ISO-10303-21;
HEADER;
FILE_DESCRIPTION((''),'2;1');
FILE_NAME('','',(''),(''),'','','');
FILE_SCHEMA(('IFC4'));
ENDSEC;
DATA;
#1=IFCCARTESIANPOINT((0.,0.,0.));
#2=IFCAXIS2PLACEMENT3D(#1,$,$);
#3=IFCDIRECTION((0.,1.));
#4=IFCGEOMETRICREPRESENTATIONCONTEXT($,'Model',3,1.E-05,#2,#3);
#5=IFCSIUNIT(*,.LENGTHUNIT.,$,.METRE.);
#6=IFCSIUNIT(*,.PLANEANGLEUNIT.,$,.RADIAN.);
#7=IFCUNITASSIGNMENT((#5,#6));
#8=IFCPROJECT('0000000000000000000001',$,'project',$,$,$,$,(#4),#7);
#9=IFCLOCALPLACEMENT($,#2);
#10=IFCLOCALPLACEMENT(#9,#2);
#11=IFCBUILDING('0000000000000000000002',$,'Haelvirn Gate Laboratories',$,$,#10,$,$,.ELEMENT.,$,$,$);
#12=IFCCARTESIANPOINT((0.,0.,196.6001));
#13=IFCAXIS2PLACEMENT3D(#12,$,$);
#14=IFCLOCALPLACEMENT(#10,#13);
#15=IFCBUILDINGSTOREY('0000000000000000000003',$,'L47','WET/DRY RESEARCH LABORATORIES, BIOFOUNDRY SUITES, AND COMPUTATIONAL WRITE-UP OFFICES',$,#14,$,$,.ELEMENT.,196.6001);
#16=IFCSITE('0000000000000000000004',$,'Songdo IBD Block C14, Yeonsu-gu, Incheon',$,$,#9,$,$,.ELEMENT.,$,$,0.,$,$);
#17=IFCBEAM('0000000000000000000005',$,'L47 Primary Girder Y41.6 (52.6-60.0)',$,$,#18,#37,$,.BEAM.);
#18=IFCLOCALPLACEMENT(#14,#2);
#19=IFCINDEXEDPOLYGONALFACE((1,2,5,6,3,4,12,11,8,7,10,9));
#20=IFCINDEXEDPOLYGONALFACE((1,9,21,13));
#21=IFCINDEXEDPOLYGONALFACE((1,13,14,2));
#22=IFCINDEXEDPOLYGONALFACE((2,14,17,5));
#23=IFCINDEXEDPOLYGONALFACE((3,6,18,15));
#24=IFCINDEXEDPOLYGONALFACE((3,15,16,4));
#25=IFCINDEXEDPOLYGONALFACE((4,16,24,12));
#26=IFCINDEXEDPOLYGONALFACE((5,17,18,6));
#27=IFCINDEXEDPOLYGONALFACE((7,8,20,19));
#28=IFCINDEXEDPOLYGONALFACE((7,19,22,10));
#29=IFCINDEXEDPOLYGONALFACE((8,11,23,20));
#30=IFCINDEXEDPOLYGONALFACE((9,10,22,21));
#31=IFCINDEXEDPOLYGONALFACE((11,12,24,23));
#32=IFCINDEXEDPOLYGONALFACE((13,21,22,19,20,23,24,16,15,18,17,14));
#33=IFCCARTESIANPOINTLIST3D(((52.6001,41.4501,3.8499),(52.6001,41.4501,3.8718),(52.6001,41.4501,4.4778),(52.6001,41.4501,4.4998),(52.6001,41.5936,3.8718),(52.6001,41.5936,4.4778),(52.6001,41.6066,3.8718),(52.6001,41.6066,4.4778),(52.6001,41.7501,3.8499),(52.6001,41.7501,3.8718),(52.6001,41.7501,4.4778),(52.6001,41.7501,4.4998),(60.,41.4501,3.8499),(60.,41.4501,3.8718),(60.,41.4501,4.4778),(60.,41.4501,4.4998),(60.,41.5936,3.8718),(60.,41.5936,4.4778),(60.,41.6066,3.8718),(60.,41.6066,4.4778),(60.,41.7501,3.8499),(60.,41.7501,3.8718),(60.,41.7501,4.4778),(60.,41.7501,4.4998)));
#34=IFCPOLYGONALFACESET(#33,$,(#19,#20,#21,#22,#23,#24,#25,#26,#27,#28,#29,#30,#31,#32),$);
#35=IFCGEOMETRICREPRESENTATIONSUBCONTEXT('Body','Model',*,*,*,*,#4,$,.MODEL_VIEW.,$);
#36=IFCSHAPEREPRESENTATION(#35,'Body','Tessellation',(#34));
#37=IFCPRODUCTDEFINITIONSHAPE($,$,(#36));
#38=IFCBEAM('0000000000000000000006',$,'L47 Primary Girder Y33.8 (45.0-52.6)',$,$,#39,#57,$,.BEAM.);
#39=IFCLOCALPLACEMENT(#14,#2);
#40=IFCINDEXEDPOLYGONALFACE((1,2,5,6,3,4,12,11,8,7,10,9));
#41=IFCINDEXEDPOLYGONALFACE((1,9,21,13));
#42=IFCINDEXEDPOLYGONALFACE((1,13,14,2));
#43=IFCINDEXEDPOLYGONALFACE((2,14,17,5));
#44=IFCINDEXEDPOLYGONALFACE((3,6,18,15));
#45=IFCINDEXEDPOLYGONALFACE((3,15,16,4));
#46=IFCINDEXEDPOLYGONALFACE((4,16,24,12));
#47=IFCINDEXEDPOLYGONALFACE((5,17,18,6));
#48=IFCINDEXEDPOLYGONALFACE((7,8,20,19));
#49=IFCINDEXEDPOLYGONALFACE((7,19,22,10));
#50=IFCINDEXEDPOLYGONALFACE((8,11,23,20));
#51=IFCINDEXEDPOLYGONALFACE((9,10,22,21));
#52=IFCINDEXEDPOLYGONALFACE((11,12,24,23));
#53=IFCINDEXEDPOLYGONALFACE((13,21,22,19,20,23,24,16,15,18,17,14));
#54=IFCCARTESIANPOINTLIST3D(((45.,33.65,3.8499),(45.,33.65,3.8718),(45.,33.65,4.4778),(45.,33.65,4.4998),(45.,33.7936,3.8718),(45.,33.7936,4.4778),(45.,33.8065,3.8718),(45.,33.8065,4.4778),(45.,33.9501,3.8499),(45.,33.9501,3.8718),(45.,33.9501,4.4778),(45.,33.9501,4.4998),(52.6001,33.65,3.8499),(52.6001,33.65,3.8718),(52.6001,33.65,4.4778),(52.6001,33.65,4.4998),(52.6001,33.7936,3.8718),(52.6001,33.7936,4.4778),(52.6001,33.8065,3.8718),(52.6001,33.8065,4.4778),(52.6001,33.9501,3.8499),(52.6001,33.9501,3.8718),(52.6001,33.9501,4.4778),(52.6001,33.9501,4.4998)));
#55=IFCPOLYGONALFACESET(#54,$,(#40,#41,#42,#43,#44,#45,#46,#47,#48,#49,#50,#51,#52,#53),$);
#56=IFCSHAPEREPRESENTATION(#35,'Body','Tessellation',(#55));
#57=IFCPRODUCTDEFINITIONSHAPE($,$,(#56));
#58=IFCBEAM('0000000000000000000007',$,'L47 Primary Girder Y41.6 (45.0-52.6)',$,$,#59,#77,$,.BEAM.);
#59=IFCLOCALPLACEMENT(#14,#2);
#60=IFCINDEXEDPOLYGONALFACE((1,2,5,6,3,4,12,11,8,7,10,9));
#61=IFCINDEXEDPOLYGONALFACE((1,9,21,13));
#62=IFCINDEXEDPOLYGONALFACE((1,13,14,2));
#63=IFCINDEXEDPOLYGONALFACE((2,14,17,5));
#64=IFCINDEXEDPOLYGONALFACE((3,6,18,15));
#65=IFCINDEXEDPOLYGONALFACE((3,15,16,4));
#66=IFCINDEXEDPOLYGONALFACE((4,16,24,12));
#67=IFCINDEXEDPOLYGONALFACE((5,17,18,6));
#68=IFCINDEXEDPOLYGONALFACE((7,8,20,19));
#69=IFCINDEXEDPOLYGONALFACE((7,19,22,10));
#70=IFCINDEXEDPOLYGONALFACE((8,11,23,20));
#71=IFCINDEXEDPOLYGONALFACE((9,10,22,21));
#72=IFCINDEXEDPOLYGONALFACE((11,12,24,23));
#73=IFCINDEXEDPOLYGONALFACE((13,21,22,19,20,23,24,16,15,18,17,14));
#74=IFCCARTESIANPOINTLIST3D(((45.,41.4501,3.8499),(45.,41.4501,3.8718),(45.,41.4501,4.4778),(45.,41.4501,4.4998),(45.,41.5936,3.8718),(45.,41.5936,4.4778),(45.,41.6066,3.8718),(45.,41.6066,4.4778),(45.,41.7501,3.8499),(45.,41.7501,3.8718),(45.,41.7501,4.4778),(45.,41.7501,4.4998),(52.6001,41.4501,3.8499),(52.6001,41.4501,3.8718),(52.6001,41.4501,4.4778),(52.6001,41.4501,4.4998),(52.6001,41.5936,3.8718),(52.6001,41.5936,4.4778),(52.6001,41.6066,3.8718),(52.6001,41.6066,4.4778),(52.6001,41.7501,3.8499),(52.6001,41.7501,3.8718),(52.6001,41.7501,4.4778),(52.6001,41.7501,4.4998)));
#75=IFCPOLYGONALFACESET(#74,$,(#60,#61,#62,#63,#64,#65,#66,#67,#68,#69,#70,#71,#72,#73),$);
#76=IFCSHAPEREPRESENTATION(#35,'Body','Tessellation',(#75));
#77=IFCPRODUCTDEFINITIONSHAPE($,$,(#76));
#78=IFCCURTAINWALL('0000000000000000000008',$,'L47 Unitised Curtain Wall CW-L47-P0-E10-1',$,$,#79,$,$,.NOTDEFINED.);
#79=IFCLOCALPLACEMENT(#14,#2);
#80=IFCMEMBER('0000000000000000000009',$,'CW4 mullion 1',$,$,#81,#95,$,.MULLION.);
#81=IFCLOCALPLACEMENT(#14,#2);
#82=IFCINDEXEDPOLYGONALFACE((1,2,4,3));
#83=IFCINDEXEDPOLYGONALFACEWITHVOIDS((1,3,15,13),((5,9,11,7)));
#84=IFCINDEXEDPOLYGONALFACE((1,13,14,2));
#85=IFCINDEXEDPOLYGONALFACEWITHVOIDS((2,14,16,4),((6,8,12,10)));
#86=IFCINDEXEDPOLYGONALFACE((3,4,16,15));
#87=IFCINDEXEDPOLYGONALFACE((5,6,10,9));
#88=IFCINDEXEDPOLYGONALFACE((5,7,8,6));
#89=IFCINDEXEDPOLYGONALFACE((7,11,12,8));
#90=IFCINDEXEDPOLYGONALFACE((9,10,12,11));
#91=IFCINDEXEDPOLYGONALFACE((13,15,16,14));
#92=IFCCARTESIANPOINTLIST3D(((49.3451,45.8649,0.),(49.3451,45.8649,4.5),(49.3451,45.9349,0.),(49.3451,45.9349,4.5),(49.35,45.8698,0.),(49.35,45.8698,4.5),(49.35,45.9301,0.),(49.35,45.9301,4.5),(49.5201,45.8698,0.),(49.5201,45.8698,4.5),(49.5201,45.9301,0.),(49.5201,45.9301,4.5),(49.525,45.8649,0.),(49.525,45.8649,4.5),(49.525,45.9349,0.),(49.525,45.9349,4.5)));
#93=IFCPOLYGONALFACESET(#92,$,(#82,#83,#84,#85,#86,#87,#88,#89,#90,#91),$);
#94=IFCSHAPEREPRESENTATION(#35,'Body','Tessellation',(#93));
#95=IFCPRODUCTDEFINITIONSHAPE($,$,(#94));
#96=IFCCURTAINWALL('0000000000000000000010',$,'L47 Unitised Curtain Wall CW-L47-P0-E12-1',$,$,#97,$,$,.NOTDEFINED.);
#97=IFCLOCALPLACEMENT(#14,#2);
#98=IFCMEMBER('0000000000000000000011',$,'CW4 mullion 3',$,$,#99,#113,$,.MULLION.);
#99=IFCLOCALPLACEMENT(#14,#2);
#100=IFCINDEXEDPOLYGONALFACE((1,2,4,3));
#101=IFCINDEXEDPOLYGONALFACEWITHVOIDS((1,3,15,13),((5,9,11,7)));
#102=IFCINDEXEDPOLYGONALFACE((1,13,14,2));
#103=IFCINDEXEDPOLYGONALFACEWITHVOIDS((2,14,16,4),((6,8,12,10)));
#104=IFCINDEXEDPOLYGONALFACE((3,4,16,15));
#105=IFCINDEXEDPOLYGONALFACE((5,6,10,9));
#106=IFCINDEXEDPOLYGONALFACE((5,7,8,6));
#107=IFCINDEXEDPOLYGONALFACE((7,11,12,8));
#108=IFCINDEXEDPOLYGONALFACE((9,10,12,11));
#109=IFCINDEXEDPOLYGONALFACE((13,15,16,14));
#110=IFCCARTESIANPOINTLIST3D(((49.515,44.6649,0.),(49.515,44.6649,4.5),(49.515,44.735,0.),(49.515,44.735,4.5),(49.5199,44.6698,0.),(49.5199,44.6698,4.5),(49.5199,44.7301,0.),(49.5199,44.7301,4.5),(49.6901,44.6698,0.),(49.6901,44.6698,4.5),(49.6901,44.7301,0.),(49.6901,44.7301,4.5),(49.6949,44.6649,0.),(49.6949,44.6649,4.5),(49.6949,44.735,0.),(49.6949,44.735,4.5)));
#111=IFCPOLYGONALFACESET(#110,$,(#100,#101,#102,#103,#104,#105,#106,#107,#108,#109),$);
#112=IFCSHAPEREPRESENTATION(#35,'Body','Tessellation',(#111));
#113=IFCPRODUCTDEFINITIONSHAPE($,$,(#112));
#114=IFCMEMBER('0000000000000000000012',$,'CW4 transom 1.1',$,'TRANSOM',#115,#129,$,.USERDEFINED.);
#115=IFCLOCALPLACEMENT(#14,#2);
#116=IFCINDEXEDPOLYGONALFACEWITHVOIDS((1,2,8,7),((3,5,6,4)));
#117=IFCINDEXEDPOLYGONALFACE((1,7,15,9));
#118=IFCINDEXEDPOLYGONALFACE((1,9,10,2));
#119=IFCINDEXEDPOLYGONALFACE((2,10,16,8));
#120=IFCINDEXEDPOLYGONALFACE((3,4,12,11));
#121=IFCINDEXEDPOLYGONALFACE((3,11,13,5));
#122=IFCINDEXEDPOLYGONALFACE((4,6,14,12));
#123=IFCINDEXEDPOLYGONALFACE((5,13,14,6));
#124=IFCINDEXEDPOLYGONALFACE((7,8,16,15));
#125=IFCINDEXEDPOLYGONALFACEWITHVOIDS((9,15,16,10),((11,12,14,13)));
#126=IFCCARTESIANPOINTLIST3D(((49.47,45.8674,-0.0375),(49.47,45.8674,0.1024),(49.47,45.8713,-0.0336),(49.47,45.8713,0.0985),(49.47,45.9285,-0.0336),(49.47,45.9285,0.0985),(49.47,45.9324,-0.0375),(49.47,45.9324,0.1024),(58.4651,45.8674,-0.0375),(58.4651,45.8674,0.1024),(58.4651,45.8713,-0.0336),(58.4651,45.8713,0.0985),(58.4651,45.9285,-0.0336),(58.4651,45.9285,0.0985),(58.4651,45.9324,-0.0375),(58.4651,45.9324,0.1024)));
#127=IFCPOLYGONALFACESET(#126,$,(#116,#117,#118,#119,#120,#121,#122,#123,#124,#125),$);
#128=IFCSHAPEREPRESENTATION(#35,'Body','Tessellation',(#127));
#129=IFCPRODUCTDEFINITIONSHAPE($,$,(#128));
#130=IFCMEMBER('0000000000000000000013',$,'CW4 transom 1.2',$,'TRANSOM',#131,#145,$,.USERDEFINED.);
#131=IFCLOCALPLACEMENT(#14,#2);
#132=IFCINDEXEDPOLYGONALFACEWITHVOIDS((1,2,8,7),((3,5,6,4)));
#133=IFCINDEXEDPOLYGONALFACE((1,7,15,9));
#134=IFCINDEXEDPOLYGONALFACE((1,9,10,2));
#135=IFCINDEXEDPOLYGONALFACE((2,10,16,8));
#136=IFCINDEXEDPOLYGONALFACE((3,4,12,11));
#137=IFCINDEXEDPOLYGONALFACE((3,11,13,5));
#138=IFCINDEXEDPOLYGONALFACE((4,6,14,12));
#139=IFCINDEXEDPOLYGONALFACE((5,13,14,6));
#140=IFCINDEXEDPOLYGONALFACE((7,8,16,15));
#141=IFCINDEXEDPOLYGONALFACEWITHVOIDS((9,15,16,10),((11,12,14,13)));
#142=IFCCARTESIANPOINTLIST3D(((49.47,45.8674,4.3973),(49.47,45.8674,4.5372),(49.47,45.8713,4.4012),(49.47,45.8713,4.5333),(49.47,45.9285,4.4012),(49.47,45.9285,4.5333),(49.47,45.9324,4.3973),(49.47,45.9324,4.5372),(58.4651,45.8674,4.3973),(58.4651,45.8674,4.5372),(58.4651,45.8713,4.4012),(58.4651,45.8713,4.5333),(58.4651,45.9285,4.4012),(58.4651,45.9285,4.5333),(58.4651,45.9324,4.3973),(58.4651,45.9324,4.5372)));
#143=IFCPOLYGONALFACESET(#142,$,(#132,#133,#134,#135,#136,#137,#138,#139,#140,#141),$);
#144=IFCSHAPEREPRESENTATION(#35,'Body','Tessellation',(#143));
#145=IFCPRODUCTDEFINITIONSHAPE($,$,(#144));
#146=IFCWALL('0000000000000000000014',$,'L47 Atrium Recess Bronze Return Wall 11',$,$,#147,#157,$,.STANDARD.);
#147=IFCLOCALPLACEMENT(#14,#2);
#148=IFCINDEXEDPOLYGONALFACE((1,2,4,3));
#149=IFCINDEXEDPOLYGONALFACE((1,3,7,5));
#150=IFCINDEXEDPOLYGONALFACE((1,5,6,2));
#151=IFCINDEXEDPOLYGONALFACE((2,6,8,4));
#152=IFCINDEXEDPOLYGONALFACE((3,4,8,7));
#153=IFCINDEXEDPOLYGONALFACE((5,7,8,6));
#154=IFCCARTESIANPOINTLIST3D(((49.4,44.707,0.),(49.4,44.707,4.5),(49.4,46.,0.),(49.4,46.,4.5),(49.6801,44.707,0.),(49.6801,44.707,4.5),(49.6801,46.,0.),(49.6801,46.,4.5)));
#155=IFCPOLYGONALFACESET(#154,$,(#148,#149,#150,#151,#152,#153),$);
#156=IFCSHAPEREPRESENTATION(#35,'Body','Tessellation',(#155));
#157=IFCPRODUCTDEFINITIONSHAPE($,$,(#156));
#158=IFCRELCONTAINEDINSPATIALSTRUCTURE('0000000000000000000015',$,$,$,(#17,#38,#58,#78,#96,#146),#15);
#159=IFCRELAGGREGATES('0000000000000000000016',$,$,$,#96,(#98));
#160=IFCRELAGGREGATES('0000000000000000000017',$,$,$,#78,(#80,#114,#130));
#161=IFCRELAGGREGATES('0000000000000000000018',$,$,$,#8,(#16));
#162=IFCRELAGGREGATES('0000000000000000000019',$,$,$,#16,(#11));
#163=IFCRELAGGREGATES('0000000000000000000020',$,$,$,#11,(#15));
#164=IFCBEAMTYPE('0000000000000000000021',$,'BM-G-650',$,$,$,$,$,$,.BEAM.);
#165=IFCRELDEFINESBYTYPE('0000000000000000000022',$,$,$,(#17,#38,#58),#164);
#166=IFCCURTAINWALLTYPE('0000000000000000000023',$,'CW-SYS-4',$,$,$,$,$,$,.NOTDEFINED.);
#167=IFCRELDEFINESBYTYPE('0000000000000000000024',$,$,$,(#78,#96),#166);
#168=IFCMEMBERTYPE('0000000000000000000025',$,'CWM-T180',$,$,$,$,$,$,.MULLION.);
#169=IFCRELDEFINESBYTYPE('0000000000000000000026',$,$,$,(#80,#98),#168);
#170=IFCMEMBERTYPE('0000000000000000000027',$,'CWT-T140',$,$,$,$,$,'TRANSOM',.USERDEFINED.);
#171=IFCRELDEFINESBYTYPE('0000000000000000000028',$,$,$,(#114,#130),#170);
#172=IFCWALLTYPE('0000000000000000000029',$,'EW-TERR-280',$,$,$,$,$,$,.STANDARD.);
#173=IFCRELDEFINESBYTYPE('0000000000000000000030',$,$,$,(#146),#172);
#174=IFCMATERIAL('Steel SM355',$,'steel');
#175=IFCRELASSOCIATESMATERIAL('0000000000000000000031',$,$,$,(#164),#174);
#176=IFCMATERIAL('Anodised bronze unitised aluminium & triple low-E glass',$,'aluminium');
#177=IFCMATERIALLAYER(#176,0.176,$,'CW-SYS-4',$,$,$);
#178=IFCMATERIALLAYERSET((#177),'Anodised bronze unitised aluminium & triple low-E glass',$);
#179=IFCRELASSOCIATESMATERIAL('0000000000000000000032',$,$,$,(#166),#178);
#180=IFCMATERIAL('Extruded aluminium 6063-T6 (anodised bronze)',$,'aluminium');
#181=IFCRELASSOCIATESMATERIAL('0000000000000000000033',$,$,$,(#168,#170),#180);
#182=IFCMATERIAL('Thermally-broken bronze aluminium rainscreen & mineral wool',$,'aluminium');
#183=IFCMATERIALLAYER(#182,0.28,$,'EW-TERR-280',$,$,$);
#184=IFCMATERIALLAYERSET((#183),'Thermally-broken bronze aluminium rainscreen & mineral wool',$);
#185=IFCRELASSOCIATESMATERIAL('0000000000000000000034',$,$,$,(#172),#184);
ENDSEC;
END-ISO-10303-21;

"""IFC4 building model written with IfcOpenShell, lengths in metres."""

from ifc_helpers import new_model, si_unit, direction, frame, frame_2d, origin, origin_2d, place, context, subcontext, project, spatial, rectangle, hollow_rectangle, i_section, extrude, source, transform, mapped, material, layer, layer_set, material_profile, profile_set, type_object, type_shapes, element, aggregate, save


model = new_model("IFC4")

# Units and contexts
model_context = context("Model", 3, precision=1e-05, world=origin(), true_north=direction((0.0, 1.0)))
body_context = subcontext(model_context, "Body", "Model", "MODEL_VIEW")
ifc_project = project(units=[si_unit("LENGTHUNIT", "METRE"), si_unit("PLANEANGLEUNIT", "RADIAN")], contexts=[model_context])

# Site, building, storey
site_placement = place(None, origin())
site = spatial("IfcSite", under=ifc_project, at=site_placement, Name="Songdo IBD Block C14, Yeonsu-gu, Incheon", CompositionType="ELEMENT", RefElevation=0.0)
building_placement = place(site_placement, origin())
building = spatial("IfcBuilding", under=site, at=building_placement, Name="Haelvirn Gate Laboratories", CompositionType="ELEMENT")
storey_placement = place(building_placement, frame((0.0, 0.0, 196.6001)))
storey = spatial("IfcBuildingStorey", under=building, at=storey_placement, Name="L47", Description="WET/DRY RESEARCH LABORATORIES, BIOFOUNDRY SUITES, AND COMPUTATIONAL WRITE-UP OFFICES", CompositionType="ELEMENT", Elevation=196.6001)

# Shared definitions
ifc_material_1 = material(Name="Steel SM355", Category="steel")

# Beams
ifc_material_profile_1 = material_profile(ifc_material_1, i_section(OverallWidth=0.3, OverallDepth=0.6499, WebThickness=0.0129, FlangeThickness=0.022, at=origin_2d()), Name="H-650x300x13x22")
ifc_profile_set_1 = profile_set([ifc_material_profile_1], Name="Steel SM355")
beam_type_1 = type_object("IfcBeamType", Name="BM-G-650", PredefinedType="BEAM", material=ifc_profile_set_1)
shared_shape_1 = source(origin(), body_context, "Body", "SweptSolid", [
    extrude(i_section(OverallWidth=0.3, OverallDepth=0.6499, WebThickness=0.0129, FlangeThickness=0.022, at=origin_2d()), origin(), (0.0, 0.0, 1.0), 7.3999),
])
beam_1_placement = place(storey_placement, frame((52.6001, 41.6001, 4.1748), z_axis=(1.0, 0.0, 0.0), x_axis=(0.0, 1.0, 0.0)))
element("IfcBeam", 1, at=beam_1_placement, inside=storey, type_object=beam_type_1, Name="L47 Primary Girder Y41.6 (52.6-60.0)", PredefinedType="BEAM", context=body_context, shape_type="MappedRepresentation", body=[
    mapped(shared_shape_1, transform((0.0, 0.0, 0.0), scale=1.0)),
])
shared_shape_2 = source(origin(), body_context, "Body", "SweptSolid", [
    extrude(i_section(OverallWidth=0.3, OverallDepth=0.6499, WebThickness=0.0129, FlangeThickness=0.022, at=origin_2d()), origin(), (0.0, 0.0, 1.0), 7.6001),
])
type_shapes(beam_type_1, [shared_shape_1, shared_shape_2])
for number, where, z_axis, x_axis, name in (
    (2, (45.0, 33.8, 4.1748), (1.0, 0.0, 0.0), (0.0, 1.0, 0.0), "L47 Primary Girder Y33.8 (45.0-52.6)"),
    (3, (45.0, 41.6001, 4.1748), (1.0, 0.0, 0.0), (0.0, 1.0, 0.0), "L47 Primary Girder Y41.6 (45.0-52.6)"),
):
    element("IfcBeam", number, at=place(storey_placement, frame(where, z_axis=z_axis, x_axis=x_axis)), inside=storey, type_object=beam_type_1, Name=name, PredefinedType="BEAM", context=body_context, shape_type="MappedRepresentation", body=[
        mapped(shared_shape_2, transform((0.0, 0.0, 0.0), scale=1.0)),
    ])

# Curtain walls, members
ifc_material_2 = material(Name="Anodised bronze unitised aluminium & triple low-E glass", Category="aluminium")
ifc_layer_1 = layer(ifc_material_2, 0.176, Name="CW-SYS-4")
ifc_layer_set_1 = layer_set([ifc_layer_1], Name="Anodised bronze unitised aluminium & triple low-E glass")
curtain_wall_type = type_object("IfcCurtainWallType", Name="CW-SYS-4", PredefinedType="NOTDEFINED", material=ifc_layer_set_1)
curtain_wall_1_placement = place(storey_placement, origin())
curtain_wall_1 = element("IfcCurtainWall", 4, at=curtain_wall_1_placement, inside=storey, type_object=curtain_wall_type, Name="L47 Unitised Curtain Wall CW-L47-P0-E10-1", PredefinedType="NOTDEFINED")
ifc_material_3 = material(Name="Extruded aluminium 6063-T6 (anodised bronze)", Category="aluminium")
ifc_material_profile_2 = material_profile(ifc_material_3, hollow_rectangle(XDim=0.0701, YDim=0.1799, WallThickness=0.0049, at=origin_2d()), Name="CWM-180x70x5")
ifc_profile_set_2 = profile_set([ifc_material_profile_2], Name="Extruded aluminium 6063-T6 (anodised bronze)")
member_type_1 = type_object("IfcMemberType", Name="CWM-T180", PredefinedType="MULLION", material=ifc_profile_set_2)
shared_shape_3 = source(origin(), body_context, "Body", "SweptSolid", [
    extrude(hollow_rectangle(XDim=0.0701, YDim=0.1799, WallThickness=0.0049, at=origin_2d()), origin(), (0.0, 0.0, 1.0), 4.5),
])
type_shapes(member_type_1, [shared_shape_3])
member_1_placement = place(storey_placement, frame((49.4351, 45.8999, 0.0), z_axis=(0.0, 0.0, 1.0), x_axis=(0.0, 1.0, 0.0)))
member_1 = element("IfcMember", 5, at=member_1_placement, type_object=member_type_1, Name="CW4 mullion 1", PredefinedType="MULLION", context=body_context, shape_type="MappedRepresentation", body=[
    mapped(shared_shape_3, transform((0.0, 0.0, 0.0), scale=1.0)),
])
curtain_wall_2_placement = place(storey_placement, origin())
curtain_wall_2 = element("IfcCurtainWall", 6, at=curtain_wall_2_placement, inside=storey, type_object=curtain_wall_type, Name="L47 Unitised Curtain Wall CW-L47-P0-E12-1", PredefinedType="NOTDEFINED")
member_2_placement = place(storey_placement, frame((49.605, 44.7, 0.0), z_axis=(0.0, 0.0, 1.0), x_axis=(0.0, 1.0, 0.0)))
member_2 = element("IfcMember", 7, at=member_2_placement, type_object=member_type_1, Name="CW4 mullion 3", PredefinedType="MULLION", context=body_context, shape_type="MappedRepresentation", body=[
    mapped(shared_shape_3, transform((0.0, 0.0, 0.0), scale=1.0)),
])
aggregate(curtain_wall_2, [member_2])

# Members
ifc_material_profile_3 = material_profile(ifc_material_3, hollow_rectangle(XDim=0.0649, YDim=0.1399, WallThickness=0.0039, at=origin_2d()), Name="CWT-140x65x4")
ifc_profile_set_3 = profile_set([ifc_material_profile_3], Name="Extruded aluminium 6063-T6 (anodised bronze)")
member_type_2 = type_object("IfcMemberType", Name="CWT-T140", ElementType="TRANSOM", PredefinedType="USERDEFINED", material=ifc_profile_set_3)
shared_shape_4 = source(origin(), body_context, "Body", "SweptSolid", [
    extrude(hollow_rectangle(XDim=0.0649, YDim=0.1399, WallThickness=0.0039, at=origin_2d()), origin(), (0.0, 0.0, 1.0), 8.9951),
])
type_shapes(member_type_2, [shared_shape_4])
member_3_placement = place(storey_placement, frame((49.47, 45.8999, 0.0325), z_axis=(1.0, 0.0, 0.0), x_axis=(0.0, 1.0, 0.0)))
member_3 = element("IfcMember", 8, at=member_3_placement, type_object=member_type_2, Name="CW4 transom 1.1", ObjectType="TRANSOM", PredefinedType="USERDEFINED", context=body_context, shape_type="MappedRepresentation", body=[
    mapped(shared_shape_4, transform((0.0, 0.0, 0.0), scale=1.0)),
])
member_4_placement = place(storey_placement, frame((49.47, 45.8999, 4.4673), z_axis=(1.0, 0.0, 0.0), x_axis=(0.0, 1.0, 0.0)))
member_4 = element("IfcMember", 9, at=member_4_placement, type_object=member_type_2, Name="CW4 transom 1.2", ObjectType="TRANSOM", PredefinedType="USERDEFINED", context=body_context, shape_type="MappedRepresentation", body=[
    mapped(shared_shape_4, transform((0.0, 0.0, 0.0), scale=1.0)),
])
aggregate(curtain_wall_1, [member_1, member_3, member_4])

# Wall
ifc_material_4 = material(Name="Thermally-broken bronze aluminium rainscreen & mineral wool", Category="aluminium")
ifc_layer_2 = layer(ifc_material_4, 0.28, Name="EW-TERR-280")
ifc_layer_set_2 = layer_set([ifc_layer_2], Name="Thermally-broken bronze aluminium rainscreen & mineral wool")
wall_type_1 = type_object("IfcWallType", Name="EW-TERR-280", PredefinedType="STANDARD", material=ifc_layer_set_2)
wall_1_placement = place(storey_placement, frame((49.54, 46.0, 0.0), z_axis=(0.0, 0.0, 1.0), x_axis=(0.0, -1.0, 0.0)))
element("IfcWall", 10, at=wall_1_placement, inside=storey, type_object=wall_type_1, Name="L47 Atrium Recess Bronze Return Wall 11", PredefinedType="STANDARD", context=body_context, shape_type="SweptSolid", body=[
    extrude(rectangle(XDim=1.293, YDim=0.28, at=frame_2d((0.6465, 0.0))), origin(), (0.0, 0.0, 1.0), 4.5),
])

save(model, "model.ifc")
